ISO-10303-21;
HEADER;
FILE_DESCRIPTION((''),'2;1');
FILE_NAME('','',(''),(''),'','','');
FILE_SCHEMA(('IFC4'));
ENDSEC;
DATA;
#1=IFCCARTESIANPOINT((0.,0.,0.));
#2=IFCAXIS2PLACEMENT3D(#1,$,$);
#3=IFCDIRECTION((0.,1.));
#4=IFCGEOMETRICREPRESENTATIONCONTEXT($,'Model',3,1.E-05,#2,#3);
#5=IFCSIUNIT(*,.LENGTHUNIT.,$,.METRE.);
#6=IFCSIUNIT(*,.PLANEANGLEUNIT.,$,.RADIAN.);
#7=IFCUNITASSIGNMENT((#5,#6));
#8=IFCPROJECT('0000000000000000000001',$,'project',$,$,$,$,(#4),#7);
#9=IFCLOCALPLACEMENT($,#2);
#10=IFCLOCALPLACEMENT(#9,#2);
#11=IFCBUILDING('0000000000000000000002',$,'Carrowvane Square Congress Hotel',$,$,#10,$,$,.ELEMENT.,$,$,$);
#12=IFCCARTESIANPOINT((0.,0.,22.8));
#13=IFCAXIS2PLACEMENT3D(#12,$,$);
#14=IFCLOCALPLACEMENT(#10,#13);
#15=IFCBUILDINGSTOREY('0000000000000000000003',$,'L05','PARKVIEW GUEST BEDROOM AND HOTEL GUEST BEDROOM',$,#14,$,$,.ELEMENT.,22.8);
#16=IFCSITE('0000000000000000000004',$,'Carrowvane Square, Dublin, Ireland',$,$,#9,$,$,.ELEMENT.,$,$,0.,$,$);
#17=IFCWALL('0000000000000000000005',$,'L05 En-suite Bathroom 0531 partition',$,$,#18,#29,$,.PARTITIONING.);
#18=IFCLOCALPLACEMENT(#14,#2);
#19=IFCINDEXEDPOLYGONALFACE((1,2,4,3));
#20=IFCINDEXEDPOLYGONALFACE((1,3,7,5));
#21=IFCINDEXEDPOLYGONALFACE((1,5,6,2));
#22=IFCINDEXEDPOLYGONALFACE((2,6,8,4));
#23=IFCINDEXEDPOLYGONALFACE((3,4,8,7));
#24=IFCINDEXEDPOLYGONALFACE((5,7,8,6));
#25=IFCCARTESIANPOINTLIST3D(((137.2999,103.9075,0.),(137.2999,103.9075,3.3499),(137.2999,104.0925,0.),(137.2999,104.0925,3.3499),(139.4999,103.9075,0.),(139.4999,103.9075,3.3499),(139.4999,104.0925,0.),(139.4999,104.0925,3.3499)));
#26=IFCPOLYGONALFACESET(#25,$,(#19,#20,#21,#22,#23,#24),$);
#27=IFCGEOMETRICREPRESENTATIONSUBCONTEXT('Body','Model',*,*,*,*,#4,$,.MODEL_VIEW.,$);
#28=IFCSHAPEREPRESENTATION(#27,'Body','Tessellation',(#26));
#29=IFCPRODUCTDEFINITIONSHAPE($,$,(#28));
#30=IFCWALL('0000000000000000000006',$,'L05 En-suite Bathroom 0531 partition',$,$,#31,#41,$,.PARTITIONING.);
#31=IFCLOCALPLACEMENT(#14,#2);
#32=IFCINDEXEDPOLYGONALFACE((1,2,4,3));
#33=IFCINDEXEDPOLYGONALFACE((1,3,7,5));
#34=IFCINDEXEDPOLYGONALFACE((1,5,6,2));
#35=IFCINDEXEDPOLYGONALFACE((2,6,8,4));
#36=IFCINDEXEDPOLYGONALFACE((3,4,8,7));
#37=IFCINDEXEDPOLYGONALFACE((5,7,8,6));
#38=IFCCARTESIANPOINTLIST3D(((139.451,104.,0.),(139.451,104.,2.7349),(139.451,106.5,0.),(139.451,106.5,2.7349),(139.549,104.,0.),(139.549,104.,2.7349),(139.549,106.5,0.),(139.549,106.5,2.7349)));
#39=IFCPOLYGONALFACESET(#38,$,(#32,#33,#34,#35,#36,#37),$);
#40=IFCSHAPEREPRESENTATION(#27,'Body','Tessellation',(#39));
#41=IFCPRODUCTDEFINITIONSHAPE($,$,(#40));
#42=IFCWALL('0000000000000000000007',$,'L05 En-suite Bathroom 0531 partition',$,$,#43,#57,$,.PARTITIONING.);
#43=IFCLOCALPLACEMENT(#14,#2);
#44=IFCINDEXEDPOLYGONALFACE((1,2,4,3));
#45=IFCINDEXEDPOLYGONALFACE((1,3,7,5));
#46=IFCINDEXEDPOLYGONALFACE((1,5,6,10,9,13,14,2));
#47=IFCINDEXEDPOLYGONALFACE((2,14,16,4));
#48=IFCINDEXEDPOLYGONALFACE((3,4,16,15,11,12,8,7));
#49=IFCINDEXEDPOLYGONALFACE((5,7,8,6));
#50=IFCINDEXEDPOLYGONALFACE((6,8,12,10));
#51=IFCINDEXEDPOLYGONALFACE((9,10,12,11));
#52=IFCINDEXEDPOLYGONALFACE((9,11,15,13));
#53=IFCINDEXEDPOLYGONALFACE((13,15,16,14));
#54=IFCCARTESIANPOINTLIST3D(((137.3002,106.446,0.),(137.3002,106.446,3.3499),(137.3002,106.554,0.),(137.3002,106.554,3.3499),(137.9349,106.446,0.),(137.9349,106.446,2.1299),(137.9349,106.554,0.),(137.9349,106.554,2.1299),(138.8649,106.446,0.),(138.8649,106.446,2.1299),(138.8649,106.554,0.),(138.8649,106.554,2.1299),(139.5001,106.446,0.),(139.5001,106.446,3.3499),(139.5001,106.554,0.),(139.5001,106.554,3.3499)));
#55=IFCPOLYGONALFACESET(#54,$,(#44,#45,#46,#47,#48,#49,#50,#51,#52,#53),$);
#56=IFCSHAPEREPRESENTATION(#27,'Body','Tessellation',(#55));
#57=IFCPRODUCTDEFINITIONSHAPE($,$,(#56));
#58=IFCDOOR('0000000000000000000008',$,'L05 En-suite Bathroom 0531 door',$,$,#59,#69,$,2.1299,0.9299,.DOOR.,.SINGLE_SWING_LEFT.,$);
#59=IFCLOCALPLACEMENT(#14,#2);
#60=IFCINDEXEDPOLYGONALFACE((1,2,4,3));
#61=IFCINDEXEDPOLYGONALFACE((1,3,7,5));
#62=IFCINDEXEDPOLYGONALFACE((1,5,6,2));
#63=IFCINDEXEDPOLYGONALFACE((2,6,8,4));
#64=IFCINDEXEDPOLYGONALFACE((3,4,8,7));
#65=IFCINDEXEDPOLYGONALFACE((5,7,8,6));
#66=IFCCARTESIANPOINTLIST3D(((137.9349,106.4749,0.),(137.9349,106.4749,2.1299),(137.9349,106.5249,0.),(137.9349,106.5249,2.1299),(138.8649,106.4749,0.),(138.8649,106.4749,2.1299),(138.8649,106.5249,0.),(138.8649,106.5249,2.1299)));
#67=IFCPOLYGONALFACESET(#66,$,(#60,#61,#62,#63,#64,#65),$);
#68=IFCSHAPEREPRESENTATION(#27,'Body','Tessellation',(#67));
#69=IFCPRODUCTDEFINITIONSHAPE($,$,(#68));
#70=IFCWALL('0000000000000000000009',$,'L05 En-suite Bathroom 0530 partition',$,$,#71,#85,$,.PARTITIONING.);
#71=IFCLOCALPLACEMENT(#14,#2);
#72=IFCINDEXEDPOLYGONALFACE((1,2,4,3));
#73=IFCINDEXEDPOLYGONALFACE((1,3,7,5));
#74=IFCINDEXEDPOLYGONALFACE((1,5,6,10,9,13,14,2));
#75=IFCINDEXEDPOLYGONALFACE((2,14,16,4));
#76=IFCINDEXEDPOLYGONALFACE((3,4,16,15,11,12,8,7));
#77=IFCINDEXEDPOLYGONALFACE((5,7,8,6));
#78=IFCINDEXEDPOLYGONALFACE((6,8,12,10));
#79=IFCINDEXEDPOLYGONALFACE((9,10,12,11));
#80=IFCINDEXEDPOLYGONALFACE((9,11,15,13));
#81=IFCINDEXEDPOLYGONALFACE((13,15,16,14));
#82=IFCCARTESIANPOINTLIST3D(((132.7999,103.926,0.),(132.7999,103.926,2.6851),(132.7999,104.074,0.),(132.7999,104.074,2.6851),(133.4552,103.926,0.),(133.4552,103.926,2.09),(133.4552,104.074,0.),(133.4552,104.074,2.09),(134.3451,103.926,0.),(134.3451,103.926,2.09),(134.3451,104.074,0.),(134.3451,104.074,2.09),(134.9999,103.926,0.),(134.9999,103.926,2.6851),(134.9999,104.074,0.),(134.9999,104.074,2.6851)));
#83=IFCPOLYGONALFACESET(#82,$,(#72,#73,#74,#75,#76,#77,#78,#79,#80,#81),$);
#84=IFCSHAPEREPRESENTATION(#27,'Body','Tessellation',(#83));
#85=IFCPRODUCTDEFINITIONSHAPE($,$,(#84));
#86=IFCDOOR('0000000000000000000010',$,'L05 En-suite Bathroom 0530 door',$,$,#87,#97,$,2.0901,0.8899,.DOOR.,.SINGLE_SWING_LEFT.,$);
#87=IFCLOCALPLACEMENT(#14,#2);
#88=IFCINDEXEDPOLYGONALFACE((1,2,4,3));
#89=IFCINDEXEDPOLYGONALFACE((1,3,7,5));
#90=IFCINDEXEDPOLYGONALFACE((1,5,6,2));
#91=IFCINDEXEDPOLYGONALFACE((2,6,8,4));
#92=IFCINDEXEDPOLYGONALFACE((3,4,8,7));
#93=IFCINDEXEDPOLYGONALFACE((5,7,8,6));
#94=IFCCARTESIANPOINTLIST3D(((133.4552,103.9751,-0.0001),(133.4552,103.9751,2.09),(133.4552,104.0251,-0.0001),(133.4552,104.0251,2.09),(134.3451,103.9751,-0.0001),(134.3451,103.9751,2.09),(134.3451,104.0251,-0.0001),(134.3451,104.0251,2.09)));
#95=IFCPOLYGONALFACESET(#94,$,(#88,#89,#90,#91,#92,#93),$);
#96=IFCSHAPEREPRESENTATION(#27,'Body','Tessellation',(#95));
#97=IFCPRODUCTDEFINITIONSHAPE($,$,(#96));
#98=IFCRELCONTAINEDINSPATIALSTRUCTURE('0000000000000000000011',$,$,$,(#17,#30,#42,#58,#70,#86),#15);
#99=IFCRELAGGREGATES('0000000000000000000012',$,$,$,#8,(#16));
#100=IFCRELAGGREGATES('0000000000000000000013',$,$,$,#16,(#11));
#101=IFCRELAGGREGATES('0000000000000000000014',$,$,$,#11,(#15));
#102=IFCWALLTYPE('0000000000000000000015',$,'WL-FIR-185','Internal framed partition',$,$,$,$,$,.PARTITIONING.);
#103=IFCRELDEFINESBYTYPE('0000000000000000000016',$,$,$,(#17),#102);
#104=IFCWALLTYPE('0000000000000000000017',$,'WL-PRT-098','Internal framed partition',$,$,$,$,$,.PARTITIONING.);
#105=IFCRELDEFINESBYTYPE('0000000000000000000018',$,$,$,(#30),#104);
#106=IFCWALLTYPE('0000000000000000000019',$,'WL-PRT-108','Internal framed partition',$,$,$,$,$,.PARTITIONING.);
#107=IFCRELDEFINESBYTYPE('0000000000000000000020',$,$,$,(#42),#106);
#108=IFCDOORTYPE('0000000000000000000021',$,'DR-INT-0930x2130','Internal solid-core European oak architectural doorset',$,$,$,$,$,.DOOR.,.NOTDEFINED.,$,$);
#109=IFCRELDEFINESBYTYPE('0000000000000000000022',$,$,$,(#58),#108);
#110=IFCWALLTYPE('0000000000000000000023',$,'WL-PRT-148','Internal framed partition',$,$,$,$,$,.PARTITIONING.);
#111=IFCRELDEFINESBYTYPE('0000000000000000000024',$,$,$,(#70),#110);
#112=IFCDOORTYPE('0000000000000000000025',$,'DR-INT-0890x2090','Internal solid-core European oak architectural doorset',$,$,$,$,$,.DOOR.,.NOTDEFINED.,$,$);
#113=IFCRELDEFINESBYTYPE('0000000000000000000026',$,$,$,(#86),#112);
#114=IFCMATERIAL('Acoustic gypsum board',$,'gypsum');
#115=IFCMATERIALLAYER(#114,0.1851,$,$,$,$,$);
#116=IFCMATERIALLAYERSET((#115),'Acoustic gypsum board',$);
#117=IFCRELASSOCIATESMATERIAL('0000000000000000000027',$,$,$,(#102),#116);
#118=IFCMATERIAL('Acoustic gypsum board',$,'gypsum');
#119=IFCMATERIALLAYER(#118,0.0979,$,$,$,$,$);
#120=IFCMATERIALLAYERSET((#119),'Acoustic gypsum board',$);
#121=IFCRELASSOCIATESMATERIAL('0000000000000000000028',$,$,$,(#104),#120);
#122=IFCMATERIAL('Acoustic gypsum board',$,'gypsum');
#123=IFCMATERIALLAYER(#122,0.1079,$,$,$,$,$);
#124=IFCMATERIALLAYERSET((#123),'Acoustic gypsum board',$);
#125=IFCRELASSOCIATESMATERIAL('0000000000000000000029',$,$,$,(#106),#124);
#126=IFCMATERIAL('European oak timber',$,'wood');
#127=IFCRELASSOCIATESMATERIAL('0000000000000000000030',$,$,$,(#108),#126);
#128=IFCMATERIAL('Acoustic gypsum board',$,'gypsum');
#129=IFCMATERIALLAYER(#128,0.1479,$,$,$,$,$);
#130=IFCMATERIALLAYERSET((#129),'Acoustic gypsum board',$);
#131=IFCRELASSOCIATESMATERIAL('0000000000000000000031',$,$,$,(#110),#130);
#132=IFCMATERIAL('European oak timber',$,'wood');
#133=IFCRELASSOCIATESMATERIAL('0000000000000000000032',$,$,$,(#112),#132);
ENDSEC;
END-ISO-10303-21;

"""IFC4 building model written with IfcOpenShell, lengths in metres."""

from ifc_helpers import new_model, si_unit, direction, frame, frame_2d, origin, place, context, subcontext, project, spatial, rectangle, extrude, material, layer, layer_set, type_object, element, fill, save


model = new_model("IFC4")

# Units and contexts
model_context = context("Model", 3, precision=1e-05, world=origin(), true_north=direction((0.0, 1.0)))
body_context = subcontext(model_context, "Body", "Model", "MODEL_VIEW")
ifc_project = project(units=[si_unit("LENGTHUNIT", "METRE"), si_unit("PLANEANGLEUNIT", "RADIAN")], contexts=[model_context])

# Site, building, storey
site_placement = place(None, origin())
site = spatial("IfcSite", under=ifc_project, at=site_placement, Name="Carrowvane Square, Dublin, Ireland", CompositionType="ELEMENT", RefElevation=0.0)
building_placement = place(site_placement, origin())
building = spatial("IfcBuilding", under=site, at=building_placement, Name="Carrowvane Square Congress Hotel", CompositionType="ELEMENT")
storey_placement = place(building_placement, frame((0.0, 0.0, 22.8)))
storey = spatial("IfcBuildingStorey", under=building, at=storey_placement, Name="L05", Description="PARKVIEW GUEST BEDROOM AND HOTEL GUEST BEDROOM", CompositionType="ELEMENT", Elevation=22.8)

# Walls
ifc_material_1 = material(Name="Acoustic gypsum board", Category="gypsum")
ifc_layer_1 = layer(ifc_material_1, 0.1851)
ifc_layer_set_1 = layer_set([ifc_layer_1], Name="Acoustic gypsum board")
wall_type_1 = type_object("IfcWallType", Name="WL-FIR-185", Description="Internal framed partition", PredefinedType="PARTITIONING", material=ifc_layer_set_1)
wall_1_placement = place(storey_placement, frame((139.5, 104.0, 0.0), z_axis=(0.0, 0.0, 1.0), x_axis=(-1.0, 0.0, 0.0)))
element("IfcWall", 1, at=wall_1_placement, inside=storey, type_object=wall_type_1, Name="L05 En-suite Bathroom 0531 partition", PredefinedType="PARTITIONING", context=body_context, shape_type="SweptSolid", body=[
    extrude(rectangle(XDim=2.2, YDim=0.1851, at=frame_2d((1.1001, 0.0))), origin(), (0.0, 0.0, 1.0), 3.3499),
])
ifc_material_2 = material(Name="Acoustic gypsum board", Category="gypsum")
ifc_layer_2 = layer(ifc_material_2, 0.0979)
ifc_layer_set_2 = layer_set([ifc_layer_2], Name="Acoustic gypsum board")
wall_type_2 = type_object("IfcWallType", Name="WL-PRT-098", Description="Internal framed partition", PredefinedType="PARTITIONING", material=ifc_layer_set_2)
wall_2_placement = place(storey_placement, frame((139.5, 106.5, 0.0), z_axis=(0.0, 0.0, 1.0), x_axis=(0.0, -1.0, 0.0)))
element("IfcWall", 2, at=wall_2_placement, inside=storey, type_object=wall_type_2, Name="L05 En-suite Bathroom 0531 partition", PredefinedType="PARTITIONING", context=body_context, shape_type="SweptSolid", body=[
    extrude(rectangle(XDim=2.5, YDim=0.0979, at=frame_2d((1.25, 0.0))), origin(), (0.0, 0.0, 1.0), 2.7349),
])

# Walls, openings, doors
ifc_material_3 = material(Name="Acoustic gypsum board", Category="gypsum")
ifc_layer_3 = layer(ifc_material_3, 0.1079)
ifc_layer_set_3 = layer_set([ifc_layer_3], Name="Acoustic gypsum board")
wall_type_3 = type_object("IfcWallType", Name="WL-PRT-108", Description="Internal framed partition", PredefinedType="PARTITIONING", material=ifc_layer_set_3)
wall_3_placement = place(storey_placement, frame((137.3, 106.5, 0.0), z_axis=(0.0, 0.0, 1.0), x_axis=(1.0, 0.0, 0.0)))
wall_3 = element("IfcWall", 3, at=wall_3_placement, inside=storey, type_object=wall_type_3, Name="L05 En-suite Bathroom 0531 partition", PredefinedType="PARTITIONING", context=body_context, shape_type="SweptSolid", body=[
    extrude(rectangle(XDim=2.2, YDim=0.1079, at=frame_2d((1.1001, 0.0))), origin(), (0.0, 0.0, 1.0), 3.3499),
])
opening_1_placement = place(wall_3_placement, frame((0.635, 0.0, 0.0)))
opening_1 = element("IfcOpeningElement", 4, at=opening_1_placement, cuts=wall_3, PredefinedType="OPENING", context=body_context, shape_type="SweptSolid", body=[
    extrude(rectangle(XDim=0.9299, YDim=2.1299, at=frame_2d((0.4648, 1.0649))), frame((0.0, 0.064, 0.0), z_axis=(0.0, -1.0, 0.0), x_axis=(1.0, 0.0, 0.0)), (0.0, 0.0, 1.0), 0.1279),
])
ifc_material_4 = material(Name="European oak timber", Category="wood")
door_type_1 = type_object("IfcDoorType", Name="DR-INT-0930x2130", Description="Internal solid-core European oak architectural doorset", OperationType="NOTDEFINED", PredefinedType="DOOR", material=ifc_material_4)
door_1_placement = place(opening_1_placement, origin())
door_1 = element("IfcDoor", 5, at=door_1_placement, inside=storey, type_object=door_type_1, Name="L05 En-suite Bathroom 0531 door", OperationType="SINGLE_SWING_LEFT", OverallHeight=2.1299, OverallWidth=0.9299, PredefinedType="DOOR", context=body_context, shape_type="SweptSolid", body=[
    extrude(rectangle(XDim=0.9299, YDim=2.1299, at=frame_2d((0.4648, 1.0649))), frame((0.0, 0.0249, 0.0), z_axis=(0.0, -1.0, 0.0), x_axis=(1.0, 0.0, 0.0)), (0.0, 0.0, 1.0), 0.05),
])
fill(opening_1, door_1)
ifc_material_5 = material(Name="Acoustic gypsum board", Category="gypsum")
ifc_layer_4 = layer(ifc_material_5, 0.1479)
ifc_layer_set_4 = layer_set([ifc_layer_4], Name="Acoustic gypsum board")
wall_type_4 = type_object("IfcWallType", Name="WL-PRT-148", Description="Internal framed partition", PredefinedType="PARTITIONING", material=ifc_layer_set_4)
wall_4_placement = place(storey_placement, frame((135.0, 104.0, 0.0), z_axis=(0.0, 0.0, 1.0), x_axis=(-1.0, 0.0, 0.0)))
wall_4 = element("IfcWall", 6, at=wall_4_placement, inside=storey, type_object=wall_type_4, Name="L05 En-suite Bathroom 0530 partition", PredefinedType="PARTITIONING", context=body_context, shape_type="SweptSolid", body=[
    extrude(rectangle(XDim=2.2, YDim=0.1479, at=frame_2d((1.1001, 0.0))), origin(), (0.0, 0.0, 1.0), 2.6851),
])
opening_2_placement = place(wall_4_placement, frame((0.655, 0.0, 0.0)))
opening_2 = element("IfcOpeningElement", 7, at=opening_2_placement, cuts=wall_4, PredefinedType="OPENING", context=body_context, shape_type="SweptSolid", body=[
    extrude(rectangle(XDim=0.8899, YDim=2.0901, at=frame_2d((0.4448, 1.0449))), frame((0.0, 0.084, 0.0), z_axis=(0.0, -1.0, 0.0), x_axis=(1.0, 0.0, 0.0)), (0.0, 0.0, 1.0), 0.168),
])
ifc_material_6 = material(Name="European oak timber", Category="wood")
door_type_2 = type_object("IfcDoorType", Name="DR-INT-0890x2090", Description="Internal solid-core European oak architectural doorset", OperationType="NOTDEFINED", PredefinedType="DOOR", material=ifc_material_6)
door_2_placement = place(opening_2_placement, origin())
door_2 = element("IfcDoor", 8, at=door_2_placement, inside=storey, type_object=door_type_2, Name="L05 En-suite Bathroom 0530 door", OperationType="SINGLE_SWING_LEFT", OverallHeight=2.0901, OverallWidth=0.8899, PredefinedType="DOOR", context=body_context, shape_type="SweptSolid", body=[
    extrude(rectangle(XDim=0.8899, YDim=2.0901, at=frame_2d((0.4448, 1.0449))), frame((0.0, 0.0249, 0.0), z_axis=(0.0, -1.0, 0.0), x_axis=(1.0, 0.0, 0.0)), (0.0, 0.0, 1.0), 0.05),
])
fill(opening_2, door_2)

save(model, "model.ifc")
